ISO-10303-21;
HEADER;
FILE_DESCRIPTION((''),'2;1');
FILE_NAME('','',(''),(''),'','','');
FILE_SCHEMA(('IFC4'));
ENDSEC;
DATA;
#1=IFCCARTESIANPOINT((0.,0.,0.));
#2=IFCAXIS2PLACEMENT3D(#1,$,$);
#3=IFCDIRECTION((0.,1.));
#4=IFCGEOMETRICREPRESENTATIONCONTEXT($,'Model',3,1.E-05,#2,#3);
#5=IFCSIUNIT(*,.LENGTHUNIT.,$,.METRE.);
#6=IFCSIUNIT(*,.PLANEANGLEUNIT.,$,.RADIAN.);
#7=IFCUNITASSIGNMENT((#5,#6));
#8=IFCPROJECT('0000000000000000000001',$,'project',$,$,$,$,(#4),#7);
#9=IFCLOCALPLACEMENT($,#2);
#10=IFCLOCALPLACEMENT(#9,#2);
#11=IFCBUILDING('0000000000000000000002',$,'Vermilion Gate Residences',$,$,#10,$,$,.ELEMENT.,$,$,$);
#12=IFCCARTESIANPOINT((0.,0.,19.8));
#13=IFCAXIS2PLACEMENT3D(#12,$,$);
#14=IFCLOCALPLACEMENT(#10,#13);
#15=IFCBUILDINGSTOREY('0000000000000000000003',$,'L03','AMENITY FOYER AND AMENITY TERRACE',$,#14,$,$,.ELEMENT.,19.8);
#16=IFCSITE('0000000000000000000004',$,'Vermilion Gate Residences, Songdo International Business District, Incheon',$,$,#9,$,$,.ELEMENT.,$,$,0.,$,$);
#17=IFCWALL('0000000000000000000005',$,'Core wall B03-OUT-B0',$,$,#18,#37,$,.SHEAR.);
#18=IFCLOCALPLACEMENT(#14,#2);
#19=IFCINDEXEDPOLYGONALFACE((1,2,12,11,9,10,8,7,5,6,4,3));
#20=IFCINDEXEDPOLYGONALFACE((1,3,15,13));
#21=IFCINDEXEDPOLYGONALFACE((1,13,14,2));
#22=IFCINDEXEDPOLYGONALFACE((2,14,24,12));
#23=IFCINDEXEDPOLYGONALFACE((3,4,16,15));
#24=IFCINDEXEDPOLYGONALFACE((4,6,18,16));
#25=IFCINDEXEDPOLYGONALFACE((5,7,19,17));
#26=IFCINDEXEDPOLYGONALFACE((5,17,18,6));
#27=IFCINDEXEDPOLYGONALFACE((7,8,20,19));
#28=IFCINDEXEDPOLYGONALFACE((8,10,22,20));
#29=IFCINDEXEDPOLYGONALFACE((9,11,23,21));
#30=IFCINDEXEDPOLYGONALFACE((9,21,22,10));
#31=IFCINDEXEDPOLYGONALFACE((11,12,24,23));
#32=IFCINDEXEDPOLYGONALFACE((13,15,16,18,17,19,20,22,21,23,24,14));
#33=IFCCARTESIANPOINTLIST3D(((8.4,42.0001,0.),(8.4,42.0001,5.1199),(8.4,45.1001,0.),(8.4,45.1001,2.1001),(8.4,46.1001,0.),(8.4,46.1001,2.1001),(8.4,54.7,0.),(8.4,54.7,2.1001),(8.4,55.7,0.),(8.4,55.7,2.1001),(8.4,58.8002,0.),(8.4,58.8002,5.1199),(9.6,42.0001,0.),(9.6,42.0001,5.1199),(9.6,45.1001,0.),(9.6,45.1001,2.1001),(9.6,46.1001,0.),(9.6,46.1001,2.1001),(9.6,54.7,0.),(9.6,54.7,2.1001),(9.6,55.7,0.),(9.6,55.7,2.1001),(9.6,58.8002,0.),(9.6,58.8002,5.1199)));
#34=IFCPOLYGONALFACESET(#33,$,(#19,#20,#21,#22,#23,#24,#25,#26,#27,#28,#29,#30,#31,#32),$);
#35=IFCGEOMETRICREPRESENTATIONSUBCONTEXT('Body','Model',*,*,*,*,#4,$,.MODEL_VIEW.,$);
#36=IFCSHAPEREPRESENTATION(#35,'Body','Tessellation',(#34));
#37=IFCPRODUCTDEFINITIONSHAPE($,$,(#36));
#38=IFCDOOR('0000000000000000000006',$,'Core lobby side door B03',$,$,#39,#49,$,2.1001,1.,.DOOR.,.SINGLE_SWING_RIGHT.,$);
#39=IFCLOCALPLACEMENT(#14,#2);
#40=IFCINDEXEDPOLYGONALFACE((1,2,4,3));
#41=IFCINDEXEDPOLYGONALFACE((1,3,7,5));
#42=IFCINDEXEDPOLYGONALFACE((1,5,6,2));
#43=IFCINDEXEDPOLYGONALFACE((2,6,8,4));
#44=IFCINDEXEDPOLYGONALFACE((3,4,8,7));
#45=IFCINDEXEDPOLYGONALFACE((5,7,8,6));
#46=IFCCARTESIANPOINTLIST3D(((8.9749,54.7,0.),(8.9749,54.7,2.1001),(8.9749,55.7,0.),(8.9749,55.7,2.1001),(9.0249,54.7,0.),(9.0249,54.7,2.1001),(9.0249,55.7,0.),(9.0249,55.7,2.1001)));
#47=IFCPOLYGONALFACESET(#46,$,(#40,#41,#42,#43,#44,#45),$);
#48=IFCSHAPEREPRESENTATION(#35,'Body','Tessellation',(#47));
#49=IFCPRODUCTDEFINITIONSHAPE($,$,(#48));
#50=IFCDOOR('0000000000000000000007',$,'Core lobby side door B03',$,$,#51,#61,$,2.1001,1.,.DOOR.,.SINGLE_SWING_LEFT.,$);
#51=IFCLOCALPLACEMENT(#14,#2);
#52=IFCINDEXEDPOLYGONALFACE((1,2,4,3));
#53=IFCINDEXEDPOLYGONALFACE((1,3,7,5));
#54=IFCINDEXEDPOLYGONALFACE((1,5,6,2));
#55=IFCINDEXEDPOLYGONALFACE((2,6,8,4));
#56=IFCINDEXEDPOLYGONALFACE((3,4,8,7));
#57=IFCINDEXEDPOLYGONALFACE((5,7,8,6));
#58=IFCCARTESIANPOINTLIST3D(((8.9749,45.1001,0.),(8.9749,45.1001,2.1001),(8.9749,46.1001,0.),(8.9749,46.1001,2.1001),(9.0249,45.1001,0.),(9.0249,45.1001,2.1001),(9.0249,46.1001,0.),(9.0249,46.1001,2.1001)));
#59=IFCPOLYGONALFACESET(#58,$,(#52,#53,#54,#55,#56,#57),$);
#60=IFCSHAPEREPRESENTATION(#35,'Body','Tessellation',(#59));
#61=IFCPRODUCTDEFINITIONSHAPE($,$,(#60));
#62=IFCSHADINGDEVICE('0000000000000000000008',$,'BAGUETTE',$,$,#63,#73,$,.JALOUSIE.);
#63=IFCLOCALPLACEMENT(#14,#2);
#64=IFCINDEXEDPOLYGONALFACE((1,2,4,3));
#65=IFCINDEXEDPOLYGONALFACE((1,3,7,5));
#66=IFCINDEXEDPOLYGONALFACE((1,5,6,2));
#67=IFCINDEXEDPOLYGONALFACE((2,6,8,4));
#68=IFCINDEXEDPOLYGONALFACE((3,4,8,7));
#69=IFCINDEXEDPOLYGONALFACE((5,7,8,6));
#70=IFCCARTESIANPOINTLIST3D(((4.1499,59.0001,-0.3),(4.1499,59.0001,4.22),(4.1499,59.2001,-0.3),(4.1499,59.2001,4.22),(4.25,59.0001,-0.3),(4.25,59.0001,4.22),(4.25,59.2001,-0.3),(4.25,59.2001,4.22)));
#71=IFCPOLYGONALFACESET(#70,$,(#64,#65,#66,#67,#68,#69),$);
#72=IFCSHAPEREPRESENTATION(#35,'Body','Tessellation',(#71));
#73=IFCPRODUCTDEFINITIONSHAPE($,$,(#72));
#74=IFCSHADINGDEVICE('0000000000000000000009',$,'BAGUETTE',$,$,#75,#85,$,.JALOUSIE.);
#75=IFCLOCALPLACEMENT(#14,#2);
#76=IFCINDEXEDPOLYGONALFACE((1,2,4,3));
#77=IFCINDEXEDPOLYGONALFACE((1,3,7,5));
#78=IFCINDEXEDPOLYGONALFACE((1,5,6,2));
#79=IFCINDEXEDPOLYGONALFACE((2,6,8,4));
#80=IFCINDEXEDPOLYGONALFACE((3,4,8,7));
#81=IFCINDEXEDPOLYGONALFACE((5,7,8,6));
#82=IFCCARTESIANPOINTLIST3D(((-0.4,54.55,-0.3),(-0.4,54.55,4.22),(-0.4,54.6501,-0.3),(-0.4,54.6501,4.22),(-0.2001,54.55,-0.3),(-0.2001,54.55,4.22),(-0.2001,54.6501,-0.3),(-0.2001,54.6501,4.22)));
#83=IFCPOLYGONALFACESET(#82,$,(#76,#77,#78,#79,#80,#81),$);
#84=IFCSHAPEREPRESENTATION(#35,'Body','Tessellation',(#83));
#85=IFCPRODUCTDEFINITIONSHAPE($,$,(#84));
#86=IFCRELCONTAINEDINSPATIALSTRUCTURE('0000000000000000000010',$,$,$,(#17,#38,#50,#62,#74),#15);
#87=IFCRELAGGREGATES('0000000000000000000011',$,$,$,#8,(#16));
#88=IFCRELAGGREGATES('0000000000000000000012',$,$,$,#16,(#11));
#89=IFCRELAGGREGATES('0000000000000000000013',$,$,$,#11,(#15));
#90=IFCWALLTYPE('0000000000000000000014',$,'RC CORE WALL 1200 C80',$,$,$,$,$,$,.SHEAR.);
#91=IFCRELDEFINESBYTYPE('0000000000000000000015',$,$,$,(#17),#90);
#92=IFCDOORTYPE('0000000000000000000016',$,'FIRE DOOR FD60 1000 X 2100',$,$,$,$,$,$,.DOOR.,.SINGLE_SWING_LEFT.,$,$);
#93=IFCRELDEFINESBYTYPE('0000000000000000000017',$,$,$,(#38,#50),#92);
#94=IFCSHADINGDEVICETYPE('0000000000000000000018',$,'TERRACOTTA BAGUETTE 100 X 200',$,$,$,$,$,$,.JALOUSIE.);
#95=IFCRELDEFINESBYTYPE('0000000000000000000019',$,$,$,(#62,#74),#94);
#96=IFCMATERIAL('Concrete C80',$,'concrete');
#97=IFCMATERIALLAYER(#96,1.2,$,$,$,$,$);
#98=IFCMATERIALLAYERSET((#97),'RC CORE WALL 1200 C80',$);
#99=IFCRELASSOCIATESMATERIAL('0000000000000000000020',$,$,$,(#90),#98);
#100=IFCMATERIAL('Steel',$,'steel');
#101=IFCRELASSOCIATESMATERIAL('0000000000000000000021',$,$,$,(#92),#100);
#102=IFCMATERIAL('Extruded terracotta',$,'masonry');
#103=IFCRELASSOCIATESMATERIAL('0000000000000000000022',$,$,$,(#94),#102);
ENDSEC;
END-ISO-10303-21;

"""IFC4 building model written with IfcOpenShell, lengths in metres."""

from ifc_helpers import new_model, si_unit, direction, frame, frame_2d, origin, origin_2d, place, context, subcontext, project, spatial, rectangle, extrude, material, layer, layer_set, material_profile, profile_set, type_object, element, fill, save


model = new_model("IFC4")

# Units and contexts
model_context = context("Model", 3, precision=1e-05, world=origin(), true_north=direction((0.0, 1.0)))
body_context = subcontext(model_context, "Body", "Model", "MODEL_VIEW")
ifc_project = project(units=[si_unit("LENGTHUNIT", "METRE"), si_unit("PLANEANGLEUNIT", "RADIAN")], contexts=[model_context])

# Site, building, storey
site_placement = place(None, origin())
site = spatial("IfcSite", under=ifc_project, at=site_placement, Name="Vermilion Gate Residences, Songdo International Business District, Incheon", CompositionType="ELEMENT", RefElevation=0.0)
building_placement = place(site_placement, origin())
building = spatial("IfcBuilding", under=site, at=building_placement, Name="Vermilion Gate Residences", CompositionType="ELEMENT")
storey_placement = place(building_placement, frame((0.0, 0.0, 19.8)))
storey = spatial("IfcBuildingStorey", under=building, at=storey_placement, Name="L03", Description="AMENITY FOYER AND AMENITY TERRACE", CompositionType="ELEMENT", Elevation=19.8)

# Wall, openings, doors
ifc_material_1 = material(Name="Concrete C80", Category="concrete")
ifc_layer_1 = layer(ifc_material_1, 1.2)
ifc_layer_set_1 = layer_set([ifc_layer_1], Name="RC CORE WALL 1200 C80")
wall_type_1 = type_object("IfcWallType", Name="RC CORE WALL 1200 C80", PredefinedType="SHEAR", material=ifc_layer_set_1)
wall_1_placement = place(storey_placement, frame((9.0, 58.8, 0.0), z_axis=(0.0, 0.0, 1.0), x_axis=(0.0, -1.0, 0.0)))
wall_1 = element("IfcWall", 1, at=wall_1_placement, inside=storey, type_object=wall_type_1, Name="Core wall B03-OUT-B0", PredefinedType="SHEAR", context=body_context, shape_type="SweptSolid", body=[
    extrude(rectangle(XDim=16.8, YDim=1.2, at=frame_2d((8.3999, 0.0))), origin(), (0.0, 0.0, 1.0), 5.1199),
])
opening_1_placement = place(wall_1_placement, frame((3.1001, 0.0, 0.0)))
opening_1 = element("IfcOpeningElement", 2, at=opening_1_placement, cuts=wall_1, PredefinedType="OPENING", context=body_context, shape_type="SweptSolid", body=[
    extrude(rectangle(XDim=1.0, YDim=2.1001, at=frame_2d((0.5, 1.05))), frame((0.0, 0.6099, 0.0), z_axis=(0.0, -1.0, 0.0), x_axis=(1.0, 0.0, 0.0)), (0.0, 0.0, 1.0), 1.22),
])
opening_2_placement = place(wall_1_placement, frame((12.7, 0.0, 0.0)))
opening_2 = element("IfcOpeningElement", 3, at=opening_2_placement, cuts=wall_1, PredefinedType="OPENING", context=body_context, shape_type="SweptSolid", body=[
    extrude(rectangle(XDim=1.0, YDim=2.1001, at=frame_2d((0.5, 1.05))), frame((0.0, 0.6099, 0.0), z_axis=(0.0, -1.0, 0.0), x_axis=(1.0, 0.0, 0.0)), (0.0, 0.0, 1.0), 1.22),
])
ifc_material_2 = material(Name="Steel", Category="steel")
door_type = type_object("IfcDoorType", Name="FIRE DOOR FD60 1000 X 2100", OperationType="SINGLE_SWING_LEFT", PredefinedType="DOOR", material=ifc_material_2)
door_1_placement = place(opening_1_placement, origin())
door_1 = element("IfcDoor", 4, at=door_1_placement, inside=storey, type_object=door_type, Name="Core lobby side door B03", OperationType="SINGLE_SWING_RIGHT", OverallHeight=2.1001, OverallWidth=1.0, PredefinedType="DOOR", context=body_context, shape_type="SweptSolid", body=[
    extrude(rectangle(XDim=1.0, YDim=2.1001, at=frame_2d((0.5, 1.05))), frame((0.0, 0.0249, 0.0), z_axis=(0.0, -1.0, 0.0), x_axis=(1.0, 0.0, 0.0)), (0.0, 0.0, 1.0), 0.05),
])
fill(opening_1, door_1)
door_2_placement = place(opening_2_placement, origin())
door_2 = element("IfcDoor", 5, at=door_2_placement, inside=storey, type_object=door_type, Name="Core lobby side door B03", OperationType="SINGLE_SWING_LEFT", OverallHeight=2.1001, OverallWidth=1.0, PredefinedType="DOOR", context=body_context, shape_type="SweptSolid", body=[
    extrude(rectangle(XDim=1.0, YDim=2.1001, at=frame_2d((0.5, 1.05))), frame((0.0, 0.0249, 0.0), z_axis=(0.0, -1.0, 0.0), x_axis=(1.0, 0.0, 0.0)), (0.0, 0.0, 1.0), 0.05),
])
fill(opening_2, door_2)

# Shading devices
ifc_material_3 = material(Name="Extruded terracotta", Category="masonry")
ifc_material_profile_1 = material_profile(ifc_material_3, rectangle(XDim=0.2, YDim=0.1001, at=origin_2d()), Name="BAGUETTE 100 X 200")
ifc_profile_set_1 = profile_set([ifc_material_profile_1], Name="Extruded terracotta")
shading_device_type = type_object("IfcShadingDeviceType", Name="TERRACOTTA BAGUETTE 100 X 200", PredefinedType="JALOUSIE", material=ifc_profile_set_1)
for number, where, z_axis, x_axis, name in (
    (6, (4.2, 59.1001, -0.3), (0.0, 0.0, 1.0), (0.0, -1.0, 0.0), "BAGUETTE"),
    (7, (-0.3, 54.6001, -0.3), (0.0, 0.0, 1.0), (1.0, 0.0, 0.0), "BAGUETTE"),
):
    element("IfcShadingDevice", number, at=place(storey_placement, frame(where, z_axis=z_axis, x_axis=x_axis)), inside=storey, type_object=shading_device_type, Name=name, PredefinedType="JALOUSIE", context=body_context, shape_type="SweptSolid", body=[
        extrude(rectangle(XDim=0.2, YDim=0.1001, at=origin_2d()), origin(), (0.0, 0.0, 1.0), 4.52),
    ])

save(model, "model.ifc")
